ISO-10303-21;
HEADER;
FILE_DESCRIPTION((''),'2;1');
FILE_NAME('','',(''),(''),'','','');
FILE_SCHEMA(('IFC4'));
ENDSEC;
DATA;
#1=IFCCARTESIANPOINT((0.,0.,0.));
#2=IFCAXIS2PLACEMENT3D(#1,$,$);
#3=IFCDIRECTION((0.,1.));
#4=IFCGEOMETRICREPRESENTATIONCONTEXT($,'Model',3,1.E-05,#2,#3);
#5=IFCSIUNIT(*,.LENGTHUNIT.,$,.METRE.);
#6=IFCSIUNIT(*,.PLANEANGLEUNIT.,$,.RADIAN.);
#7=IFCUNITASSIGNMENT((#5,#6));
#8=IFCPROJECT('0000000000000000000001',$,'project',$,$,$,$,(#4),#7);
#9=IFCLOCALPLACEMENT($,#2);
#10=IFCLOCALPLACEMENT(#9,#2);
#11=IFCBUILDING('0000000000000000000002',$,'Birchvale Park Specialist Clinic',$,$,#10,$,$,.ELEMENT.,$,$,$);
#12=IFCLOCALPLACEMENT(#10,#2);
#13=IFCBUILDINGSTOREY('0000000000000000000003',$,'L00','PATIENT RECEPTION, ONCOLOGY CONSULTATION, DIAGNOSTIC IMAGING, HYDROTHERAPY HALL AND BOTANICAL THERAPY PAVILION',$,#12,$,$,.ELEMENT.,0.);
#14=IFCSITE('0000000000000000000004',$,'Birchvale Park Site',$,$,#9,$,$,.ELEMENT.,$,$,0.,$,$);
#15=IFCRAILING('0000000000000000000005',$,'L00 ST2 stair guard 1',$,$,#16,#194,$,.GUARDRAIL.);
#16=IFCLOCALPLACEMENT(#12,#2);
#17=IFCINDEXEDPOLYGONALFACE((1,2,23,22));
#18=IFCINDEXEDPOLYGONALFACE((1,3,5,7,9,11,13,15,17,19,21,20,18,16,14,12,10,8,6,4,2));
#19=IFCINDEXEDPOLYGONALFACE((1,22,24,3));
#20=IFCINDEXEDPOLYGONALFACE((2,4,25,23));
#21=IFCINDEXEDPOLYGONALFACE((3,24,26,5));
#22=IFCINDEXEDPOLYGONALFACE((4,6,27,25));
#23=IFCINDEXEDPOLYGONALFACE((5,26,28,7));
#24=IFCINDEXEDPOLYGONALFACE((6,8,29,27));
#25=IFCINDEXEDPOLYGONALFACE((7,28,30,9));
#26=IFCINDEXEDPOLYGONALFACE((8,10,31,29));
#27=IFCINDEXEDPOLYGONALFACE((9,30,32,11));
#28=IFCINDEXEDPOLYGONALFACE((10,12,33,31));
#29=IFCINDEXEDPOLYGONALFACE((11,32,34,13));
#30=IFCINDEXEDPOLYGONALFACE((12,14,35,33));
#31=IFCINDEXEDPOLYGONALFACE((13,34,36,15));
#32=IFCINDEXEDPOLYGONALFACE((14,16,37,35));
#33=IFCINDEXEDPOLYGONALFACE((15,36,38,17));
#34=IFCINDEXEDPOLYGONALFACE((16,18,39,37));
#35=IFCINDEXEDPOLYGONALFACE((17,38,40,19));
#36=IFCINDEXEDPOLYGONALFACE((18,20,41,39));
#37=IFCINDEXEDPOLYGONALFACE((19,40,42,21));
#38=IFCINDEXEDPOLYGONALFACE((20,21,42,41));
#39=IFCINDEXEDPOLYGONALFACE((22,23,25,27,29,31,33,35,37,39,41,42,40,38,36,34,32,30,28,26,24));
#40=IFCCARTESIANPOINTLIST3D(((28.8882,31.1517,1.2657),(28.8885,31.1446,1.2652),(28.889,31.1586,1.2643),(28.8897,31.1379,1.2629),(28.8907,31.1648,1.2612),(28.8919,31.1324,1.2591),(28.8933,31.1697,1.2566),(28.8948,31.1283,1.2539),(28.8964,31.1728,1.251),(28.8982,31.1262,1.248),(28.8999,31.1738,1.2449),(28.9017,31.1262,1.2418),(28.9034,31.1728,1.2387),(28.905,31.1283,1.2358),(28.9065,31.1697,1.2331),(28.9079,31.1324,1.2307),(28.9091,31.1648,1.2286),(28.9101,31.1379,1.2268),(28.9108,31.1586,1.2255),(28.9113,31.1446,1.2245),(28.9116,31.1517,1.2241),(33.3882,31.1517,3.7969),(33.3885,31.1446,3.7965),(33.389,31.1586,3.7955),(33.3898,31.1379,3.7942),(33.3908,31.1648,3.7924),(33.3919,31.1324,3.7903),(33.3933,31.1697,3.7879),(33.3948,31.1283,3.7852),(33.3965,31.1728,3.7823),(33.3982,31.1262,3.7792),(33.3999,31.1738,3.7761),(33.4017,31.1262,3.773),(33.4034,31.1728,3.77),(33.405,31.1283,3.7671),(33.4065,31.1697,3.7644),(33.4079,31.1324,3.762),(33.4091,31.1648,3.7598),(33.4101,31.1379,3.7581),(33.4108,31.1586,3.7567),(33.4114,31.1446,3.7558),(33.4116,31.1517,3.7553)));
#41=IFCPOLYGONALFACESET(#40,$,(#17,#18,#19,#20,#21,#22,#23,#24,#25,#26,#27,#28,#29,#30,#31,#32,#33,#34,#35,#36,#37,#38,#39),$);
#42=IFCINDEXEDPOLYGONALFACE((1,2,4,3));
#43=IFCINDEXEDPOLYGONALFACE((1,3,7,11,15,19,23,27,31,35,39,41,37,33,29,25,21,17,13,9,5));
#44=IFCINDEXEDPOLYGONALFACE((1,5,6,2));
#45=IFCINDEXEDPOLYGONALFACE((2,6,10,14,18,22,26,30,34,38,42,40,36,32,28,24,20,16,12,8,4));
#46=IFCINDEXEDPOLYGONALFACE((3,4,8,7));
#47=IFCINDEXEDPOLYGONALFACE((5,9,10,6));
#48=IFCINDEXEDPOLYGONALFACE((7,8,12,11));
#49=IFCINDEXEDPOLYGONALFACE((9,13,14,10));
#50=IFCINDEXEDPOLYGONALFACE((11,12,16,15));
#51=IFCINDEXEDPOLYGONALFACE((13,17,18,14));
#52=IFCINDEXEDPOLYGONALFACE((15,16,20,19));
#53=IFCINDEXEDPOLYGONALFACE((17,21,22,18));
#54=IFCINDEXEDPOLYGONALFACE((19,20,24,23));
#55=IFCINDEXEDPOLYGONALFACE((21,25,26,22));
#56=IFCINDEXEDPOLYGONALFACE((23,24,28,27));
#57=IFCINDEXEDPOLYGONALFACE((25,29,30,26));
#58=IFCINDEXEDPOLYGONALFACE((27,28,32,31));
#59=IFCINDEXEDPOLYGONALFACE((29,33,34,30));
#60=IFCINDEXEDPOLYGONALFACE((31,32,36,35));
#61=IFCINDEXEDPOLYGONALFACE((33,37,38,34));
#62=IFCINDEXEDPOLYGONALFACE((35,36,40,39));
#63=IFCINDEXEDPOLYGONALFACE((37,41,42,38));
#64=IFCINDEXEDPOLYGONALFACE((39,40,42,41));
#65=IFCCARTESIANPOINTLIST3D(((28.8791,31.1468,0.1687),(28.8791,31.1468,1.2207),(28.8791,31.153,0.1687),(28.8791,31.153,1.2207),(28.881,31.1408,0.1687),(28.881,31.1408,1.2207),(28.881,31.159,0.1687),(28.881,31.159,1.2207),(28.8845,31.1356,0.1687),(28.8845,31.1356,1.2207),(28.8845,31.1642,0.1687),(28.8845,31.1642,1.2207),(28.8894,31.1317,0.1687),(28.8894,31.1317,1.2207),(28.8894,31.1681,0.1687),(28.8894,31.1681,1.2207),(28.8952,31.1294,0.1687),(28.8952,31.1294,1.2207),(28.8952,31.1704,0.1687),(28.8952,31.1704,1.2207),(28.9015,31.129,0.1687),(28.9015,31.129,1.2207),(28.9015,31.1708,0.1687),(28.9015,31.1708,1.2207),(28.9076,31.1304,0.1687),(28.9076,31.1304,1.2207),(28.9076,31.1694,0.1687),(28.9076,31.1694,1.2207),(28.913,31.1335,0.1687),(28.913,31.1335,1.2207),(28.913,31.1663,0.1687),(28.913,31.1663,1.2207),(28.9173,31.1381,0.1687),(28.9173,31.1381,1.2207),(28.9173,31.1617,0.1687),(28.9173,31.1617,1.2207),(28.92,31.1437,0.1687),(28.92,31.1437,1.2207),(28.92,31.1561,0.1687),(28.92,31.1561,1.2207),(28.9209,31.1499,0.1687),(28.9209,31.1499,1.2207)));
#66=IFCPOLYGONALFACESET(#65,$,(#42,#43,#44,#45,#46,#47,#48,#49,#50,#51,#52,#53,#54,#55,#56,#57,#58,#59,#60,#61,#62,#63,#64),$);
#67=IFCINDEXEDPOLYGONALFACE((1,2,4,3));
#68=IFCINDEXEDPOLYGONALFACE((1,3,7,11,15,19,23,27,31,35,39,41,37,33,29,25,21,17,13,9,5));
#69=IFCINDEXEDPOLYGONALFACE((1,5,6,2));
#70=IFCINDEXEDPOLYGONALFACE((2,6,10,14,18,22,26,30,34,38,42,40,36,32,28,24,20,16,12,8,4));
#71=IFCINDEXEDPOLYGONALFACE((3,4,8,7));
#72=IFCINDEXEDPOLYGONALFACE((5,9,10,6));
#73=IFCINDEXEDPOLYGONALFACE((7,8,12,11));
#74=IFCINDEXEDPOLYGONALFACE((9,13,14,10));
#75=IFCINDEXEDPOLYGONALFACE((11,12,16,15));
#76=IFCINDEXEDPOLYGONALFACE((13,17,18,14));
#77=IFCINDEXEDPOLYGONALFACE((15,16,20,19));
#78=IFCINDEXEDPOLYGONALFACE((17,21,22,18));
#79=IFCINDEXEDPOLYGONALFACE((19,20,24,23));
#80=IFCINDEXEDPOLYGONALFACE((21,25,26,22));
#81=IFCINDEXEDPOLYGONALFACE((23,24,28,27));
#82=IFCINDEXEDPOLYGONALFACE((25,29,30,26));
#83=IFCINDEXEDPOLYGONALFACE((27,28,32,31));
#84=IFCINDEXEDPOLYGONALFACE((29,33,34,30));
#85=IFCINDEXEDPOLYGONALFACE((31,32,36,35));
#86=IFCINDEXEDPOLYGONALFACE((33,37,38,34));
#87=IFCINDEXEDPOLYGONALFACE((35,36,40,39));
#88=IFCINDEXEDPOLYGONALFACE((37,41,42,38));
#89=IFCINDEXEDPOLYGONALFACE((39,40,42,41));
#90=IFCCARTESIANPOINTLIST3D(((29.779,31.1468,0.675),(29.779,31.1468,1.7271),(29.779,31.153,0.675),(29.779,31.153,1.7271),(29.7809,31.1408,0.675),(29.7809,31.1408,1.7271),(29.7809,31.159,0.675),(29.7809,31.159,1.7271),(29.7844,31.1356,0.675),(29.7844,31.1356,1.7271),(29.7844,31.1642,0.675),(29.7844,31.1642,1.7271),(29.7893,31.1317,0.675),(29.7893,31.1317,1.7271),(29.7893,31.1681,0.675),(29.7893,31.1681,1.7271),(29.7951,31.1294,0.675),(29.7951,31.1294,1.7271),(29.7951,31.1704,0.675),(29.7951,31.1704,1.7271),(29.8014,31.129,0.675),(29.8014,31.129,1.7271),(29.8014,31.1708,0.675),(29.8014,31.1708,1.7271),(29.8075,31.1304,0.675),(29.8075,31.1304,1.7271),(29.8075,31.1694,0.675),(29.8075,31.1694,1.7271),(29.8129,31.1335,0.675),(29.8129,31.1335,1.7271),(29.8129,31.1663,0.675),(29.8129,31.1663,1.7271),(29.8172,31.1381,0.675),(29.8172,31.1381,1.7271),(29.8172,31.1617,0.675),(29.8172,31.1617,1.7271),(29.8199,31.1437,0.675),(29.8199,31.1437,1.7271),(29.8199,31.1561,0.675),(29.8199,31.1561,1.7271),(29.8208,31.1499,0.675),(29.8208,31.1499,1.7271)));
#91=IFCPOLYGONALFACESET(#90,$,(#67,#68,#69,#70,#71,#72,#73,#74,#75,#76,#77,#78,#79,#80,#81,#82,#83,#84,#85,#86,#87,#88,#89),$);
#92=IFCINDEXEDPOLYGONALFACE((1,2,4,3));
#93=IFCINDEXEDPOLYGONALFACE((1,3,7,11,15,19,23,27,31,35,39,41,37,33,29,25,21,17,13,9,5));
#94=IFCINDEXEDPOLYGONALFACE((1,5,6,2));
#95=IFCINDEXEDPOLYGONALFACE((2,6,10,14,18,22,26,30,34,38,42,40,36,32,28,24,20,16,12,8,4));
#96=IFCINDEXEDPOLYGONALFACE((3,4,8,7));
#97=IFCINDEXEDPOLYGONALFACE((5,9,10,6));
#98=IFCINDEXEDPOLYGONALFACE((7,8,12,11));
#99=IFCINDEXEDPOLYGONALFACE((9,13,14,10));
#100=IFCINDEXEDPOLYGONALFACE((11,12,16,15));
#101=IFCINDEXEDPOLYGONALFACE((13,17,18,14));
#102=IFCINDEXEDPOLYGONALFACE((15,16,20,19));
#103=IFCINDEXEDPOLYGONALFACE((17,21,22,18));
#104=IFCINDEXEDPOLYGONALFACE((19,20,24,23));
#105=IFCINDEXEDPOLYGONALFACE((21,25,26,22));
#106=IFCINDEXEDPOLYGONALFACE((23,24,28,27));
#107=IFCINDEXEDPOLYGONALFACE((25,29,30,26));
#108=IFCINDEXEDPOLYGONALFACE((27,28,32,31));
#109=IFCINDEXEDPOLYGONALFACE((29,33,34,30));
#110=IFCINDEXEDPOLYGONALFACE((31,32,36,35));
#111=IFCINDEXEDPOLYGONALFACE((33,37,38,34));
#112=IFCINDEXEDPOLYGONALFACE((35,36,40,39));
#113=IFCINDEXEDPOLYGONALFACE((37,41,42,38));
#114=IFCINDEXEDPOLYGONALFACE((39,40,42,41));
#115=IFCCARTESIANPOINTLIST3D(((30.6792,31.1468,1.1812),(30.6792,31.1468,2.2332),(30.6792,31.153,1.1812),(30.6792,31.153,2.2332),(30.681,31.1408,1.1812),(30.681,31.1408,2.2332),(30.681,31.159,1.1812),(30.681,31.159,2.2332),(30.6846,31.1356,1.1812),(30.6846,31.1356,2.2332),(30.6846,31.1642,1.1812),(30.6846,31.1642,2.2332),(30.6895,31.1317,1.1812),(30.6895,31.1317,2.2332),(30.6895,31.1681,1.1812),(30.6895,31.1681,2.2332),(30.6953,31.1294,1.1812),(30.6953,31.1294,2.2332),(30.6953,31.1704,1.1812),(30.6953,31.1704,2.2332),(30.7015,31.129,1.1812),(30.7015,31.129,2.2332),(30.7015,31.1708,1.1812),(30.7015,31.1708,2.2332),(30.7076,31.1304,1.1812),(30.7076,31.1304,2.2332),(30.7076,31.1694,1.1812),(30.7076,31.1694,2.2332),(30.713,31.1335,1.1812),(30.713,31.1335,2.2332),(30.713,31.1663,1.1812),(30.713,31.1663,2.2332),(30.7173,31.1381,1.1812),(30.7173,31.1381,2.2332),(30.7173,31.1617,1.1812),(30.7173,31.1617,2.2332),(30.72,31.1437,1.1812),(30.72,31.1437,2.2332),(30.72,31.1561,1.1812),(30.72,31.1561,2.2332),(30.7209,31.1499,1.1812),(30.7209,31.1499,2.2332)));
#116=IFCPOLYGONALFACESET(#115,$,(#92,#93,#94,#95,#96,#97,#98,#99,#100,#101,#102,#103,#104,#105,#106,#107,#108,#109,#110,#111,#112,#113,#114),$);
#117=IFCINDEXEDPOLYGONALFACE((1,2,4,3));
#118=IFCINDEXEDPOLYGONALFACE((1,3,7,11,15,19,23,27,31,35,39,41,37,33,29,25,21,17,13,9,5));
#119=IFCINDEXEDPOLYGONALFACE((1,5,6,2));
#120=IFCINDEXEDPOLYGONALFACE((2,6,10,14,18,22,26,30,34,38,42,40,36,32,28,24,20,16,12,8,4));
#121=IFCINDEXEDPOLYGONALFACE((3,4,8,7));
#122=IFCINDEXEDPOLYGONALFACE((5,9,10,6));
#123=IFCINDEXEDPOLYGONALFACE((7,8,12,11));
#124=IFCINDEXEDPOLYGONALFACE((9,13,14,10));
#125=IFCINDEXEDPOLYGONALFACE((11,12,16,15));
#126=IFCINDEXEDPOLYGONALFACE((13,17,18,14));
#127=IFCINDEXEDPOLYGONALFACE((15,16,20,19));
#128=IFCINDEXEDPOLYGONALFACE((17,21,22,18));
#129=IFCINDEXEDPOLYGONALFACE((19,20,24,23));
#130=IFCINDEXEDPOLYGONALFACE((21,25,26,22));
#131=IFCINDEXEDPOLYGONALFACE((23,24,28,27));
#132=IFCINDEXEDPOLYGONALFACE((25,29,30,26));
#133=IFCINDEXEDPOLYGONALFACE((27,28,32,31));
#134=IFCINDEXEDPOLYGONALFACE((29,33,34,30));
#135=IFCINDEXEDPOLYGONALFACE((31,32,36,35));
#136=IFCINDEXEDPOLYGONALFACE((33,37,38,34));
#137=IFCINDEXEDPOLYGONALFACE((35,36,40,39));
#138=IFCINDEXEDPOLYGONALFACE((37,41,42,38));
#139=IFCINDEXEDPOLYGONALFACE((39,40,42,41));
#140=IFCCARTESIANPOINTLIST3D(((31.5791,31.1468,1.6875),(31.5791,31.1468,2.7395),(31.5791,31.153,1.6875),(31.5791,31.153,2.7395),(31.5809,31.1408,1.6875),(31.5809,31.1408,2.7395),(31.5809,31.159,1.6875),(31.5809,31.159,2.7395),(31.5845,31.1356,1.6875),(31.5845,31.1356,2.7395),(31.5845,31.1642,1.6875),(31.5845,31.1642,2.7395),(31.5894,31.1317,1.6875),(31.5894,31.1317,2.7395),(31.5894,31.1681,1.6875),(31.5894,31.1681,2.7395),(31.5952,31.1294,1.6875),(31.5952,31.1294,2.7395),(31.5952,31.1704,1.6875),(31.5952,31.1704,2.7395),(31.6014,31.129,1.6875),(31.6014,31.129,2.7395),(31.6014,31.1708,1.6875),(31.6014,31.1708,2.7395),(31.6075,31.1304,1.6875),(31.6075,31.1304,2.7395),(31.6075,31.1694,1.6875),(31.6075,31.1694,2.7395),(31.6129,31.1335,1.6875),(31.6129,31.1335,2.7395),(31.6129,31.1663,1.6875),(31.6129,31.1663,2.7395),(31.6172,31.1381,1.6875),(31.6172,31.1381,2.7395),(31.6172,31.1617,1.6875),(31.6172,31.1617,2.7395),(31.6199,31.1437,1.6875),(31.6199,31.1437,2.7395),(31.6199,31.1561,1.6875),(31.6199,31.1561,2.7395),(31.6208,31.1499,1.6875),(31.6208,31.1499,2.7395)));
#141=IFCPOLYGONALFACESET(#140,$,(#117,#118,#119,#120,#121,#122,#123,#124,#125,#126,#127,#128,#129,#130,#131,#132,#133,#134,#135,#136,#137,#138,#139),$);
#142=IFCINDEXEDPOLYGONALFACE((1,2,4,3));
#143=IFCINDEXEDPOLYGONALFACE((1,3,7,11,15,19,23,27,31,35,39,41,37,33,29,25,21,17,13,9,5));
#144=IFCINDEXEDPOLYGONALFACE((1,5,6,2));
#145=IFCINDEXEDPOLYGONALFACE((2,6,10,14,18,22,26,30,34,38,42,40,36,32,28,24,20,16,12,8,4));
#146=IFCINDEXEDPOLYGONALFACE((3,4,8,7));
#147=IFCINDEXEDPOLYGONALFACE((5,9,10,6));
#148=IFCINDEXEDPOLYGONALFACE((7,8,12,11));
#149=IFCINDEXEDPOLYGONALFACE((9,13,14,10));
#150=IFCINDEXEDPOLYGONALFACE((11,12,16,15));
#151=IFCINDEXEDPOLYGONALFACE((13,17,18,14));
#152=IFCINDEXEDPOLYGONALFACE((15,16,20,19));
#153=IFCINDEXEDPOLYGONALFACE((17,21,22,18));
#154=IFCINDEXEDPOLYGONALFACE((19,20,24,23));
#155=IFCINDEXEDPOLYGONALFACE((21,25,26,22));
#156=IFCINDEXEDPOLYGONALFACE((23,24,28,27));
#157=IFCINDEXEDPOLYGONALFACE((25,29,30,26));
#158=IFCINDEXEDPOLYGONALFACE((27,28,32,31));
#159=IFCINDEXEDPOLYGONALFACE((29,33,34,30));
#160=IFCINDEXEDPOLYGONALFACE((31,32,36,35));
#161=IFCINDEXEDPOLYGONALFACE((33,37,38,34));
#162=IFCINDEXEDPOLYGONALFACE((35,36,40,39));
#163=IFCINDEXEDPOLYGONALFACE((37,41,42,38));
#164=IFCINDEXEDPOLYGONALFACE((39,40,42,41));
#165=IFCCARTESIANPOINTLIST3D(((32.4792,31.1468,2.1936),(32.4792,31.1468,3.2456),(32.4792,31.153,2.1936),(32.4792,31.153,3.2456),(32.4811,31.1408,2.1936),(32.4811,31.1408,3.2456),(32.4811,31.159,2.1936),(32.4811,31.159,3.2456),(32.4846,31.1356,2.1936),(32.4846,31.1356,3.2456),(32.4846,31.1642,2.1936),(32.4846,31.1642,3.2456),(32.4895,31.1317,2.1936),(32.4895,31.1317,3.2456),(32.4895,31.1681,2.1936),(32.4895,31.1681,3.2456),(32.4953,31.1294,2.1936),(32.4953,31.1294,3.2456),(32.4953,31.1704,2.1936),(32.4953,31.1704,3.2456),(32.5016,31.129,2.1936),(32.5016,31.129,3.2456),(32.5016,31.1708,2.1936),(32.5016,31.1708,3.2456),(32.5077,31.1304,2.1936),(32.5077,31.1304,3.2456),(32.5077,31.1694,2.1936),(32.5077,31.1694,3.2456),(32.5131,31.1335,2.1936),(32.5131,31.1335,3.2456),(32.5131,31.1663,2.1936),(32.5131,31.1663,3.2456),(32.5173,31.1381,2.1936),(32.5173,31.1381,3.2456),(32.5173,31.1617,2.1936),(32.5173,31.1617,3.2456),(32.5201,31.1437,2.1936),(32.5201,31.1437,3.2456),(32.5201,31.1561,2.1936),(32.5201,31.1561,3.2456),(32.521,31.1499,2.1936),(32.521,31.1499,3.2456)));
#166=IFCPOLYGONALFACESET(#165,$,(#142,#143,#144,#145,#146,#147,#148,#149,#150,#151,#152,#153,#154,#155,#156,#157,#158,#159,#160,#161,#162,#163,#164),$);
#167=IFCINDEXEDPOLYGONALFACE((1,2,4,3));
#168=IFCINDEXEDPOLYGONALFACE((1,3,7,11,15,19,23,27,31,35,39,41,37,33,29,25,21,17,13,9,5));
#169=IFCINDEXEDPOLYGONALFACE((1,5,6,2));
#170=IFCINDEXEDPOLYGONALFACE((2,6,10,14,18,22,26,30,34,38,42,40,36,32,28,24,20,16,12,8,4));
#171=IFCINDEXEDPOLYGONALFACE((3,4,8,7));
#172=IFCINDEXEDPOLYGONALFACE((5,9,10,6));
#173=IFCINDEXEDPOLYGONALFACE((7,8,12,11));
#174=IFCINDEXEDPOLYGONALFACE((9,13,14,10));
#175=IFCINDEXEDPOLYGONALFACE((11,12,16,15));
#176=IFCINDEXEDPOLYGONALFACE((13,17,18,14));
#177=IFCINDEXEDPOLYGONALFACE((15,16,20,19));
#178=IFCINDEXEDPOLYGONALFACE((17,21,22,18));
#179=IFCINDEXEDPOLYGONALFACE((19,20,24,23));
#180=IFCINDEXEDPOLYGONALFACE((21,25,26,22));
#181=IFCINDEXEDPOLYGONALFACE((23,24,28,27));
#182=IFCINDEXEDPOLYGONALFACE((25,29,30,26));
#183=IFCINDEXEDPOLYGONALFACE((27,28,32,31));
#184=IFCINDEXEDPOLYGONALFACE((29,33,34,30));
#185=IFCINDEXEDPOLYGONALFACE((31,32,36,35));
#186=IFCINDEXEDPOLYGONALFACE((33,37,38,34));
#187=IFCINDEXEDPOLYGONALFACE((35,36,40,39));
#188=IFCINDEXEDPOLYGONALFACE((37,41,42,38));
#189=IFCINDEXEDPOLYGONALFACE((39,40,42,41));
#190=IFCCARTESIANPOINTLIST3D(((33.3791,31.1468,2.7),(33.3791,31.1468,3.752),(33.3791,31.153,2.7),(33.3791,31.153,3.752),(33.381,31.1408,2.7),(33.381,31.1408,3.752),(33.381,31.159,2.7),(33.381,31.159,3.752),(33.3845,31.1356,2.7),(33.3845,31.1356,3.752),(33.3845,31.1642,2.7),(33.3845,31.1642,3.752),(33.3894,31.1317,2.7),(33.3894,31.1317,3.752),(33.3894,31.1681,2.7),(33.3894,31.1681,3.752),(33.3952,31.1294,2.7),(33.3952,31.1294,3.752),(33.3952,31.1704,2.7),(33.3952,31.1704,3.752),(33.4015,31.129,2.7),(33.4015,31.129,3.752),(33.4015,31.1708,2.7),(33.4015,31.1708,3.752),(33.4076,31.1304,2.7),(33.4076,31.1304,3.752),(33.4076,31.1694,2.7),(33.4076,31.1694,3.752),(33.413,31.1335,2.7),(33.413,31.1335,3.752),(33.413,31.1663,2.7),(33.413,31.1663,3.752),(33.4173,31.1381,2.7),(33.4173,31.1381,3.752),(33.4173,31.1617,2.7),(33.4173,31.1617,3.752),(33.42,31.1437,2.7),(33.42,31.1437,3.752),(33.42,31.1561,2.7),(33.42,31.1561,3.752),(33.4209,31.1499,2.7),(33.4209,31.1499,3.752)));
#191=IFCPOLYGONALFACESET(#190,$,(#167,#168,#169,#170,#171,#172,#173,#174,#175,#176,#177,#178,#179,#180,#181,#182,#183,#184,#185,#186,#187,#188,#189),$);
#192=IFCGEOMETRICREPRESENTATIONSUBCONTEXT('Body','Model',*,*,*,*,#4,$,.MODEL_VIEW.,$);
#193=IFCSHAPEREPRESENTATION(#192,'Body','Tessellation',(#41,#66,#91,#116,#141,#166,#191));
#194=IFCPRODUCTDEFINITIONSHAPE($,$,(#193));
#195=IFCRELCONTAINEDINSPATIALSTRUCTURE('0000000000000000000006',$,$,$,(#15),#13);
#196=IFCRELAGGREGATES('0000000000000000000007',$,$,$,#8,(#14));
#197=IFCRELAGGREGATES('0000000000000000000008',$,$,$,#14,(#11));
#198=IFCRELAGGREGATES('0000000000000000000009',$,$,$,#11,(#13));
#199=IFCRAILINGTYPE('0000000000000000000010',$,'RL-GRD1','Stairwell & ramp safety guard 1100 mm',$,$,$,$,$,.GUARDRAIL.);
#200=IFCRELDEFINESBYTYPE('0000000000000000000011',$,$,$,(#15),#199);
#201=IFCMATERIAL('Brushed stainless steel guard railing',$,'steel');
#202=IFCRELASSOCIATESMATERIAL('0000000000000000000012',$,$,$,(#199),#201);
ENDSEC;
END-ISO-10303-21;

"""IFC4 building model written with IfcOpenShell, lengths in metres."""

from ifc_helpers import new_model, si_unit, direction, frame, origin, origin_2d, place, context, subcontext, project, spatial, circle, extrude, material, type_object, element, save


model = new_model("IFC4")

# Units and contexts
model_context = context("Model", 3, precision=1e-05, world=origin(), true_north=direction((0.0, 1.0)))
body_context = subcontext(model_context, "Body", "Model", "MODEL_VIEW")
ifc_project = project(units=[si_unit("LENGTHUNIT", "METRE"), si_unit("PLANEANGLEUNIT", "RADIAN")], contexts=[model_context])

# Site, building, storey
site_placement = place(None, origin())
site = spatial("IfcSite", under=ifc_project, at=site_placement, Name="Birchvale Park Site", CompositionType="ELEMENT", RefElevation=0.0)
building_placement = place(site_placement, origin())
building = spatial("IfcBuilding", under=site, at=building_placement, Name="Birchvale Park Specialist Clinic", CompositionType="ELEMENT")
storey_placement = place(building_placement, origin())
storey = spatial("IfcBuildingStorey", under=building, at=storey_placement, Name="L00", Description="PATIENT RECEPTION, ONCOLOGY CONSULTATION, DIAGNOSTIC IMAGING, HYDROTHERAPY HALL AND BOTANICAL THERAPY PAVILION", CompositionType="ELEMENT", Elevation=0.0)

# Railing
ifc_material_1 = material(Name="Brushed stainless steel guard railing", Category="steel")
railing_type_1 = type_object("IfcRailingType", Name="RL-GRD1", Description="Stairwell & ramp safety guard 1100 mm", PredefinedType="GUARDRAIL", material=ifc_material_1)
railing_1_placement = place(storey_placement, frame((28.8999, 31.1499, 0.1687)))
element("IfcRailing", 1, at=railing_1_placement, inside=storey, type_object=railing_type_1, Name="L00 ST2 stair guard 1", PredefinedType="GUARDRAIL", context=body_context, shape_type="SweptSolid", body=[
    extrude(circle(Radius=0.0239, at=origin_2d()), frame((0.0, 0.0, 1.0762), z_axis=(0.871576, 0.0, 0.490261), x_axis=(0.0, 1.0, 0.0)), (0.0, 0.0, 1.0), 5.1631),
    extrude(circle(Radius=0.021, at=origin_2d()), origin(), (0.0, 0.0, 1.0), 1.052),
    extrude(circle(Radius=0.021, at=origin_2d()), frame((0.8999, 0.0, 0.5063)), (0.0, 0.0, 1.0), 1.052),
    extrude(circle(Radius=0.021, at=origin_2d()), frame((1.8, 0.0, 1.0125)), (0.0, 0.0, 1.0), 1.052),
    extrude(circle(Radius=0.021, at=origin_2d()), frame((2.7, 0.0, 1.5188)), (0.0, 0.0, 1.0), 1.052),
    extrude(circle(Radius=0.021, at=origin_2d()), frame((3.6001, 0.0, 2.0249)), (0.0, 0.0, 1.0), 1.052),
    extrude(circle(Radius=0.021, at=origin_2d()), frame((4.5, 0.0, 2.5312)), (0.0, 0.0, 1.0), 1.052),
])

save(model, "model.ifc")
